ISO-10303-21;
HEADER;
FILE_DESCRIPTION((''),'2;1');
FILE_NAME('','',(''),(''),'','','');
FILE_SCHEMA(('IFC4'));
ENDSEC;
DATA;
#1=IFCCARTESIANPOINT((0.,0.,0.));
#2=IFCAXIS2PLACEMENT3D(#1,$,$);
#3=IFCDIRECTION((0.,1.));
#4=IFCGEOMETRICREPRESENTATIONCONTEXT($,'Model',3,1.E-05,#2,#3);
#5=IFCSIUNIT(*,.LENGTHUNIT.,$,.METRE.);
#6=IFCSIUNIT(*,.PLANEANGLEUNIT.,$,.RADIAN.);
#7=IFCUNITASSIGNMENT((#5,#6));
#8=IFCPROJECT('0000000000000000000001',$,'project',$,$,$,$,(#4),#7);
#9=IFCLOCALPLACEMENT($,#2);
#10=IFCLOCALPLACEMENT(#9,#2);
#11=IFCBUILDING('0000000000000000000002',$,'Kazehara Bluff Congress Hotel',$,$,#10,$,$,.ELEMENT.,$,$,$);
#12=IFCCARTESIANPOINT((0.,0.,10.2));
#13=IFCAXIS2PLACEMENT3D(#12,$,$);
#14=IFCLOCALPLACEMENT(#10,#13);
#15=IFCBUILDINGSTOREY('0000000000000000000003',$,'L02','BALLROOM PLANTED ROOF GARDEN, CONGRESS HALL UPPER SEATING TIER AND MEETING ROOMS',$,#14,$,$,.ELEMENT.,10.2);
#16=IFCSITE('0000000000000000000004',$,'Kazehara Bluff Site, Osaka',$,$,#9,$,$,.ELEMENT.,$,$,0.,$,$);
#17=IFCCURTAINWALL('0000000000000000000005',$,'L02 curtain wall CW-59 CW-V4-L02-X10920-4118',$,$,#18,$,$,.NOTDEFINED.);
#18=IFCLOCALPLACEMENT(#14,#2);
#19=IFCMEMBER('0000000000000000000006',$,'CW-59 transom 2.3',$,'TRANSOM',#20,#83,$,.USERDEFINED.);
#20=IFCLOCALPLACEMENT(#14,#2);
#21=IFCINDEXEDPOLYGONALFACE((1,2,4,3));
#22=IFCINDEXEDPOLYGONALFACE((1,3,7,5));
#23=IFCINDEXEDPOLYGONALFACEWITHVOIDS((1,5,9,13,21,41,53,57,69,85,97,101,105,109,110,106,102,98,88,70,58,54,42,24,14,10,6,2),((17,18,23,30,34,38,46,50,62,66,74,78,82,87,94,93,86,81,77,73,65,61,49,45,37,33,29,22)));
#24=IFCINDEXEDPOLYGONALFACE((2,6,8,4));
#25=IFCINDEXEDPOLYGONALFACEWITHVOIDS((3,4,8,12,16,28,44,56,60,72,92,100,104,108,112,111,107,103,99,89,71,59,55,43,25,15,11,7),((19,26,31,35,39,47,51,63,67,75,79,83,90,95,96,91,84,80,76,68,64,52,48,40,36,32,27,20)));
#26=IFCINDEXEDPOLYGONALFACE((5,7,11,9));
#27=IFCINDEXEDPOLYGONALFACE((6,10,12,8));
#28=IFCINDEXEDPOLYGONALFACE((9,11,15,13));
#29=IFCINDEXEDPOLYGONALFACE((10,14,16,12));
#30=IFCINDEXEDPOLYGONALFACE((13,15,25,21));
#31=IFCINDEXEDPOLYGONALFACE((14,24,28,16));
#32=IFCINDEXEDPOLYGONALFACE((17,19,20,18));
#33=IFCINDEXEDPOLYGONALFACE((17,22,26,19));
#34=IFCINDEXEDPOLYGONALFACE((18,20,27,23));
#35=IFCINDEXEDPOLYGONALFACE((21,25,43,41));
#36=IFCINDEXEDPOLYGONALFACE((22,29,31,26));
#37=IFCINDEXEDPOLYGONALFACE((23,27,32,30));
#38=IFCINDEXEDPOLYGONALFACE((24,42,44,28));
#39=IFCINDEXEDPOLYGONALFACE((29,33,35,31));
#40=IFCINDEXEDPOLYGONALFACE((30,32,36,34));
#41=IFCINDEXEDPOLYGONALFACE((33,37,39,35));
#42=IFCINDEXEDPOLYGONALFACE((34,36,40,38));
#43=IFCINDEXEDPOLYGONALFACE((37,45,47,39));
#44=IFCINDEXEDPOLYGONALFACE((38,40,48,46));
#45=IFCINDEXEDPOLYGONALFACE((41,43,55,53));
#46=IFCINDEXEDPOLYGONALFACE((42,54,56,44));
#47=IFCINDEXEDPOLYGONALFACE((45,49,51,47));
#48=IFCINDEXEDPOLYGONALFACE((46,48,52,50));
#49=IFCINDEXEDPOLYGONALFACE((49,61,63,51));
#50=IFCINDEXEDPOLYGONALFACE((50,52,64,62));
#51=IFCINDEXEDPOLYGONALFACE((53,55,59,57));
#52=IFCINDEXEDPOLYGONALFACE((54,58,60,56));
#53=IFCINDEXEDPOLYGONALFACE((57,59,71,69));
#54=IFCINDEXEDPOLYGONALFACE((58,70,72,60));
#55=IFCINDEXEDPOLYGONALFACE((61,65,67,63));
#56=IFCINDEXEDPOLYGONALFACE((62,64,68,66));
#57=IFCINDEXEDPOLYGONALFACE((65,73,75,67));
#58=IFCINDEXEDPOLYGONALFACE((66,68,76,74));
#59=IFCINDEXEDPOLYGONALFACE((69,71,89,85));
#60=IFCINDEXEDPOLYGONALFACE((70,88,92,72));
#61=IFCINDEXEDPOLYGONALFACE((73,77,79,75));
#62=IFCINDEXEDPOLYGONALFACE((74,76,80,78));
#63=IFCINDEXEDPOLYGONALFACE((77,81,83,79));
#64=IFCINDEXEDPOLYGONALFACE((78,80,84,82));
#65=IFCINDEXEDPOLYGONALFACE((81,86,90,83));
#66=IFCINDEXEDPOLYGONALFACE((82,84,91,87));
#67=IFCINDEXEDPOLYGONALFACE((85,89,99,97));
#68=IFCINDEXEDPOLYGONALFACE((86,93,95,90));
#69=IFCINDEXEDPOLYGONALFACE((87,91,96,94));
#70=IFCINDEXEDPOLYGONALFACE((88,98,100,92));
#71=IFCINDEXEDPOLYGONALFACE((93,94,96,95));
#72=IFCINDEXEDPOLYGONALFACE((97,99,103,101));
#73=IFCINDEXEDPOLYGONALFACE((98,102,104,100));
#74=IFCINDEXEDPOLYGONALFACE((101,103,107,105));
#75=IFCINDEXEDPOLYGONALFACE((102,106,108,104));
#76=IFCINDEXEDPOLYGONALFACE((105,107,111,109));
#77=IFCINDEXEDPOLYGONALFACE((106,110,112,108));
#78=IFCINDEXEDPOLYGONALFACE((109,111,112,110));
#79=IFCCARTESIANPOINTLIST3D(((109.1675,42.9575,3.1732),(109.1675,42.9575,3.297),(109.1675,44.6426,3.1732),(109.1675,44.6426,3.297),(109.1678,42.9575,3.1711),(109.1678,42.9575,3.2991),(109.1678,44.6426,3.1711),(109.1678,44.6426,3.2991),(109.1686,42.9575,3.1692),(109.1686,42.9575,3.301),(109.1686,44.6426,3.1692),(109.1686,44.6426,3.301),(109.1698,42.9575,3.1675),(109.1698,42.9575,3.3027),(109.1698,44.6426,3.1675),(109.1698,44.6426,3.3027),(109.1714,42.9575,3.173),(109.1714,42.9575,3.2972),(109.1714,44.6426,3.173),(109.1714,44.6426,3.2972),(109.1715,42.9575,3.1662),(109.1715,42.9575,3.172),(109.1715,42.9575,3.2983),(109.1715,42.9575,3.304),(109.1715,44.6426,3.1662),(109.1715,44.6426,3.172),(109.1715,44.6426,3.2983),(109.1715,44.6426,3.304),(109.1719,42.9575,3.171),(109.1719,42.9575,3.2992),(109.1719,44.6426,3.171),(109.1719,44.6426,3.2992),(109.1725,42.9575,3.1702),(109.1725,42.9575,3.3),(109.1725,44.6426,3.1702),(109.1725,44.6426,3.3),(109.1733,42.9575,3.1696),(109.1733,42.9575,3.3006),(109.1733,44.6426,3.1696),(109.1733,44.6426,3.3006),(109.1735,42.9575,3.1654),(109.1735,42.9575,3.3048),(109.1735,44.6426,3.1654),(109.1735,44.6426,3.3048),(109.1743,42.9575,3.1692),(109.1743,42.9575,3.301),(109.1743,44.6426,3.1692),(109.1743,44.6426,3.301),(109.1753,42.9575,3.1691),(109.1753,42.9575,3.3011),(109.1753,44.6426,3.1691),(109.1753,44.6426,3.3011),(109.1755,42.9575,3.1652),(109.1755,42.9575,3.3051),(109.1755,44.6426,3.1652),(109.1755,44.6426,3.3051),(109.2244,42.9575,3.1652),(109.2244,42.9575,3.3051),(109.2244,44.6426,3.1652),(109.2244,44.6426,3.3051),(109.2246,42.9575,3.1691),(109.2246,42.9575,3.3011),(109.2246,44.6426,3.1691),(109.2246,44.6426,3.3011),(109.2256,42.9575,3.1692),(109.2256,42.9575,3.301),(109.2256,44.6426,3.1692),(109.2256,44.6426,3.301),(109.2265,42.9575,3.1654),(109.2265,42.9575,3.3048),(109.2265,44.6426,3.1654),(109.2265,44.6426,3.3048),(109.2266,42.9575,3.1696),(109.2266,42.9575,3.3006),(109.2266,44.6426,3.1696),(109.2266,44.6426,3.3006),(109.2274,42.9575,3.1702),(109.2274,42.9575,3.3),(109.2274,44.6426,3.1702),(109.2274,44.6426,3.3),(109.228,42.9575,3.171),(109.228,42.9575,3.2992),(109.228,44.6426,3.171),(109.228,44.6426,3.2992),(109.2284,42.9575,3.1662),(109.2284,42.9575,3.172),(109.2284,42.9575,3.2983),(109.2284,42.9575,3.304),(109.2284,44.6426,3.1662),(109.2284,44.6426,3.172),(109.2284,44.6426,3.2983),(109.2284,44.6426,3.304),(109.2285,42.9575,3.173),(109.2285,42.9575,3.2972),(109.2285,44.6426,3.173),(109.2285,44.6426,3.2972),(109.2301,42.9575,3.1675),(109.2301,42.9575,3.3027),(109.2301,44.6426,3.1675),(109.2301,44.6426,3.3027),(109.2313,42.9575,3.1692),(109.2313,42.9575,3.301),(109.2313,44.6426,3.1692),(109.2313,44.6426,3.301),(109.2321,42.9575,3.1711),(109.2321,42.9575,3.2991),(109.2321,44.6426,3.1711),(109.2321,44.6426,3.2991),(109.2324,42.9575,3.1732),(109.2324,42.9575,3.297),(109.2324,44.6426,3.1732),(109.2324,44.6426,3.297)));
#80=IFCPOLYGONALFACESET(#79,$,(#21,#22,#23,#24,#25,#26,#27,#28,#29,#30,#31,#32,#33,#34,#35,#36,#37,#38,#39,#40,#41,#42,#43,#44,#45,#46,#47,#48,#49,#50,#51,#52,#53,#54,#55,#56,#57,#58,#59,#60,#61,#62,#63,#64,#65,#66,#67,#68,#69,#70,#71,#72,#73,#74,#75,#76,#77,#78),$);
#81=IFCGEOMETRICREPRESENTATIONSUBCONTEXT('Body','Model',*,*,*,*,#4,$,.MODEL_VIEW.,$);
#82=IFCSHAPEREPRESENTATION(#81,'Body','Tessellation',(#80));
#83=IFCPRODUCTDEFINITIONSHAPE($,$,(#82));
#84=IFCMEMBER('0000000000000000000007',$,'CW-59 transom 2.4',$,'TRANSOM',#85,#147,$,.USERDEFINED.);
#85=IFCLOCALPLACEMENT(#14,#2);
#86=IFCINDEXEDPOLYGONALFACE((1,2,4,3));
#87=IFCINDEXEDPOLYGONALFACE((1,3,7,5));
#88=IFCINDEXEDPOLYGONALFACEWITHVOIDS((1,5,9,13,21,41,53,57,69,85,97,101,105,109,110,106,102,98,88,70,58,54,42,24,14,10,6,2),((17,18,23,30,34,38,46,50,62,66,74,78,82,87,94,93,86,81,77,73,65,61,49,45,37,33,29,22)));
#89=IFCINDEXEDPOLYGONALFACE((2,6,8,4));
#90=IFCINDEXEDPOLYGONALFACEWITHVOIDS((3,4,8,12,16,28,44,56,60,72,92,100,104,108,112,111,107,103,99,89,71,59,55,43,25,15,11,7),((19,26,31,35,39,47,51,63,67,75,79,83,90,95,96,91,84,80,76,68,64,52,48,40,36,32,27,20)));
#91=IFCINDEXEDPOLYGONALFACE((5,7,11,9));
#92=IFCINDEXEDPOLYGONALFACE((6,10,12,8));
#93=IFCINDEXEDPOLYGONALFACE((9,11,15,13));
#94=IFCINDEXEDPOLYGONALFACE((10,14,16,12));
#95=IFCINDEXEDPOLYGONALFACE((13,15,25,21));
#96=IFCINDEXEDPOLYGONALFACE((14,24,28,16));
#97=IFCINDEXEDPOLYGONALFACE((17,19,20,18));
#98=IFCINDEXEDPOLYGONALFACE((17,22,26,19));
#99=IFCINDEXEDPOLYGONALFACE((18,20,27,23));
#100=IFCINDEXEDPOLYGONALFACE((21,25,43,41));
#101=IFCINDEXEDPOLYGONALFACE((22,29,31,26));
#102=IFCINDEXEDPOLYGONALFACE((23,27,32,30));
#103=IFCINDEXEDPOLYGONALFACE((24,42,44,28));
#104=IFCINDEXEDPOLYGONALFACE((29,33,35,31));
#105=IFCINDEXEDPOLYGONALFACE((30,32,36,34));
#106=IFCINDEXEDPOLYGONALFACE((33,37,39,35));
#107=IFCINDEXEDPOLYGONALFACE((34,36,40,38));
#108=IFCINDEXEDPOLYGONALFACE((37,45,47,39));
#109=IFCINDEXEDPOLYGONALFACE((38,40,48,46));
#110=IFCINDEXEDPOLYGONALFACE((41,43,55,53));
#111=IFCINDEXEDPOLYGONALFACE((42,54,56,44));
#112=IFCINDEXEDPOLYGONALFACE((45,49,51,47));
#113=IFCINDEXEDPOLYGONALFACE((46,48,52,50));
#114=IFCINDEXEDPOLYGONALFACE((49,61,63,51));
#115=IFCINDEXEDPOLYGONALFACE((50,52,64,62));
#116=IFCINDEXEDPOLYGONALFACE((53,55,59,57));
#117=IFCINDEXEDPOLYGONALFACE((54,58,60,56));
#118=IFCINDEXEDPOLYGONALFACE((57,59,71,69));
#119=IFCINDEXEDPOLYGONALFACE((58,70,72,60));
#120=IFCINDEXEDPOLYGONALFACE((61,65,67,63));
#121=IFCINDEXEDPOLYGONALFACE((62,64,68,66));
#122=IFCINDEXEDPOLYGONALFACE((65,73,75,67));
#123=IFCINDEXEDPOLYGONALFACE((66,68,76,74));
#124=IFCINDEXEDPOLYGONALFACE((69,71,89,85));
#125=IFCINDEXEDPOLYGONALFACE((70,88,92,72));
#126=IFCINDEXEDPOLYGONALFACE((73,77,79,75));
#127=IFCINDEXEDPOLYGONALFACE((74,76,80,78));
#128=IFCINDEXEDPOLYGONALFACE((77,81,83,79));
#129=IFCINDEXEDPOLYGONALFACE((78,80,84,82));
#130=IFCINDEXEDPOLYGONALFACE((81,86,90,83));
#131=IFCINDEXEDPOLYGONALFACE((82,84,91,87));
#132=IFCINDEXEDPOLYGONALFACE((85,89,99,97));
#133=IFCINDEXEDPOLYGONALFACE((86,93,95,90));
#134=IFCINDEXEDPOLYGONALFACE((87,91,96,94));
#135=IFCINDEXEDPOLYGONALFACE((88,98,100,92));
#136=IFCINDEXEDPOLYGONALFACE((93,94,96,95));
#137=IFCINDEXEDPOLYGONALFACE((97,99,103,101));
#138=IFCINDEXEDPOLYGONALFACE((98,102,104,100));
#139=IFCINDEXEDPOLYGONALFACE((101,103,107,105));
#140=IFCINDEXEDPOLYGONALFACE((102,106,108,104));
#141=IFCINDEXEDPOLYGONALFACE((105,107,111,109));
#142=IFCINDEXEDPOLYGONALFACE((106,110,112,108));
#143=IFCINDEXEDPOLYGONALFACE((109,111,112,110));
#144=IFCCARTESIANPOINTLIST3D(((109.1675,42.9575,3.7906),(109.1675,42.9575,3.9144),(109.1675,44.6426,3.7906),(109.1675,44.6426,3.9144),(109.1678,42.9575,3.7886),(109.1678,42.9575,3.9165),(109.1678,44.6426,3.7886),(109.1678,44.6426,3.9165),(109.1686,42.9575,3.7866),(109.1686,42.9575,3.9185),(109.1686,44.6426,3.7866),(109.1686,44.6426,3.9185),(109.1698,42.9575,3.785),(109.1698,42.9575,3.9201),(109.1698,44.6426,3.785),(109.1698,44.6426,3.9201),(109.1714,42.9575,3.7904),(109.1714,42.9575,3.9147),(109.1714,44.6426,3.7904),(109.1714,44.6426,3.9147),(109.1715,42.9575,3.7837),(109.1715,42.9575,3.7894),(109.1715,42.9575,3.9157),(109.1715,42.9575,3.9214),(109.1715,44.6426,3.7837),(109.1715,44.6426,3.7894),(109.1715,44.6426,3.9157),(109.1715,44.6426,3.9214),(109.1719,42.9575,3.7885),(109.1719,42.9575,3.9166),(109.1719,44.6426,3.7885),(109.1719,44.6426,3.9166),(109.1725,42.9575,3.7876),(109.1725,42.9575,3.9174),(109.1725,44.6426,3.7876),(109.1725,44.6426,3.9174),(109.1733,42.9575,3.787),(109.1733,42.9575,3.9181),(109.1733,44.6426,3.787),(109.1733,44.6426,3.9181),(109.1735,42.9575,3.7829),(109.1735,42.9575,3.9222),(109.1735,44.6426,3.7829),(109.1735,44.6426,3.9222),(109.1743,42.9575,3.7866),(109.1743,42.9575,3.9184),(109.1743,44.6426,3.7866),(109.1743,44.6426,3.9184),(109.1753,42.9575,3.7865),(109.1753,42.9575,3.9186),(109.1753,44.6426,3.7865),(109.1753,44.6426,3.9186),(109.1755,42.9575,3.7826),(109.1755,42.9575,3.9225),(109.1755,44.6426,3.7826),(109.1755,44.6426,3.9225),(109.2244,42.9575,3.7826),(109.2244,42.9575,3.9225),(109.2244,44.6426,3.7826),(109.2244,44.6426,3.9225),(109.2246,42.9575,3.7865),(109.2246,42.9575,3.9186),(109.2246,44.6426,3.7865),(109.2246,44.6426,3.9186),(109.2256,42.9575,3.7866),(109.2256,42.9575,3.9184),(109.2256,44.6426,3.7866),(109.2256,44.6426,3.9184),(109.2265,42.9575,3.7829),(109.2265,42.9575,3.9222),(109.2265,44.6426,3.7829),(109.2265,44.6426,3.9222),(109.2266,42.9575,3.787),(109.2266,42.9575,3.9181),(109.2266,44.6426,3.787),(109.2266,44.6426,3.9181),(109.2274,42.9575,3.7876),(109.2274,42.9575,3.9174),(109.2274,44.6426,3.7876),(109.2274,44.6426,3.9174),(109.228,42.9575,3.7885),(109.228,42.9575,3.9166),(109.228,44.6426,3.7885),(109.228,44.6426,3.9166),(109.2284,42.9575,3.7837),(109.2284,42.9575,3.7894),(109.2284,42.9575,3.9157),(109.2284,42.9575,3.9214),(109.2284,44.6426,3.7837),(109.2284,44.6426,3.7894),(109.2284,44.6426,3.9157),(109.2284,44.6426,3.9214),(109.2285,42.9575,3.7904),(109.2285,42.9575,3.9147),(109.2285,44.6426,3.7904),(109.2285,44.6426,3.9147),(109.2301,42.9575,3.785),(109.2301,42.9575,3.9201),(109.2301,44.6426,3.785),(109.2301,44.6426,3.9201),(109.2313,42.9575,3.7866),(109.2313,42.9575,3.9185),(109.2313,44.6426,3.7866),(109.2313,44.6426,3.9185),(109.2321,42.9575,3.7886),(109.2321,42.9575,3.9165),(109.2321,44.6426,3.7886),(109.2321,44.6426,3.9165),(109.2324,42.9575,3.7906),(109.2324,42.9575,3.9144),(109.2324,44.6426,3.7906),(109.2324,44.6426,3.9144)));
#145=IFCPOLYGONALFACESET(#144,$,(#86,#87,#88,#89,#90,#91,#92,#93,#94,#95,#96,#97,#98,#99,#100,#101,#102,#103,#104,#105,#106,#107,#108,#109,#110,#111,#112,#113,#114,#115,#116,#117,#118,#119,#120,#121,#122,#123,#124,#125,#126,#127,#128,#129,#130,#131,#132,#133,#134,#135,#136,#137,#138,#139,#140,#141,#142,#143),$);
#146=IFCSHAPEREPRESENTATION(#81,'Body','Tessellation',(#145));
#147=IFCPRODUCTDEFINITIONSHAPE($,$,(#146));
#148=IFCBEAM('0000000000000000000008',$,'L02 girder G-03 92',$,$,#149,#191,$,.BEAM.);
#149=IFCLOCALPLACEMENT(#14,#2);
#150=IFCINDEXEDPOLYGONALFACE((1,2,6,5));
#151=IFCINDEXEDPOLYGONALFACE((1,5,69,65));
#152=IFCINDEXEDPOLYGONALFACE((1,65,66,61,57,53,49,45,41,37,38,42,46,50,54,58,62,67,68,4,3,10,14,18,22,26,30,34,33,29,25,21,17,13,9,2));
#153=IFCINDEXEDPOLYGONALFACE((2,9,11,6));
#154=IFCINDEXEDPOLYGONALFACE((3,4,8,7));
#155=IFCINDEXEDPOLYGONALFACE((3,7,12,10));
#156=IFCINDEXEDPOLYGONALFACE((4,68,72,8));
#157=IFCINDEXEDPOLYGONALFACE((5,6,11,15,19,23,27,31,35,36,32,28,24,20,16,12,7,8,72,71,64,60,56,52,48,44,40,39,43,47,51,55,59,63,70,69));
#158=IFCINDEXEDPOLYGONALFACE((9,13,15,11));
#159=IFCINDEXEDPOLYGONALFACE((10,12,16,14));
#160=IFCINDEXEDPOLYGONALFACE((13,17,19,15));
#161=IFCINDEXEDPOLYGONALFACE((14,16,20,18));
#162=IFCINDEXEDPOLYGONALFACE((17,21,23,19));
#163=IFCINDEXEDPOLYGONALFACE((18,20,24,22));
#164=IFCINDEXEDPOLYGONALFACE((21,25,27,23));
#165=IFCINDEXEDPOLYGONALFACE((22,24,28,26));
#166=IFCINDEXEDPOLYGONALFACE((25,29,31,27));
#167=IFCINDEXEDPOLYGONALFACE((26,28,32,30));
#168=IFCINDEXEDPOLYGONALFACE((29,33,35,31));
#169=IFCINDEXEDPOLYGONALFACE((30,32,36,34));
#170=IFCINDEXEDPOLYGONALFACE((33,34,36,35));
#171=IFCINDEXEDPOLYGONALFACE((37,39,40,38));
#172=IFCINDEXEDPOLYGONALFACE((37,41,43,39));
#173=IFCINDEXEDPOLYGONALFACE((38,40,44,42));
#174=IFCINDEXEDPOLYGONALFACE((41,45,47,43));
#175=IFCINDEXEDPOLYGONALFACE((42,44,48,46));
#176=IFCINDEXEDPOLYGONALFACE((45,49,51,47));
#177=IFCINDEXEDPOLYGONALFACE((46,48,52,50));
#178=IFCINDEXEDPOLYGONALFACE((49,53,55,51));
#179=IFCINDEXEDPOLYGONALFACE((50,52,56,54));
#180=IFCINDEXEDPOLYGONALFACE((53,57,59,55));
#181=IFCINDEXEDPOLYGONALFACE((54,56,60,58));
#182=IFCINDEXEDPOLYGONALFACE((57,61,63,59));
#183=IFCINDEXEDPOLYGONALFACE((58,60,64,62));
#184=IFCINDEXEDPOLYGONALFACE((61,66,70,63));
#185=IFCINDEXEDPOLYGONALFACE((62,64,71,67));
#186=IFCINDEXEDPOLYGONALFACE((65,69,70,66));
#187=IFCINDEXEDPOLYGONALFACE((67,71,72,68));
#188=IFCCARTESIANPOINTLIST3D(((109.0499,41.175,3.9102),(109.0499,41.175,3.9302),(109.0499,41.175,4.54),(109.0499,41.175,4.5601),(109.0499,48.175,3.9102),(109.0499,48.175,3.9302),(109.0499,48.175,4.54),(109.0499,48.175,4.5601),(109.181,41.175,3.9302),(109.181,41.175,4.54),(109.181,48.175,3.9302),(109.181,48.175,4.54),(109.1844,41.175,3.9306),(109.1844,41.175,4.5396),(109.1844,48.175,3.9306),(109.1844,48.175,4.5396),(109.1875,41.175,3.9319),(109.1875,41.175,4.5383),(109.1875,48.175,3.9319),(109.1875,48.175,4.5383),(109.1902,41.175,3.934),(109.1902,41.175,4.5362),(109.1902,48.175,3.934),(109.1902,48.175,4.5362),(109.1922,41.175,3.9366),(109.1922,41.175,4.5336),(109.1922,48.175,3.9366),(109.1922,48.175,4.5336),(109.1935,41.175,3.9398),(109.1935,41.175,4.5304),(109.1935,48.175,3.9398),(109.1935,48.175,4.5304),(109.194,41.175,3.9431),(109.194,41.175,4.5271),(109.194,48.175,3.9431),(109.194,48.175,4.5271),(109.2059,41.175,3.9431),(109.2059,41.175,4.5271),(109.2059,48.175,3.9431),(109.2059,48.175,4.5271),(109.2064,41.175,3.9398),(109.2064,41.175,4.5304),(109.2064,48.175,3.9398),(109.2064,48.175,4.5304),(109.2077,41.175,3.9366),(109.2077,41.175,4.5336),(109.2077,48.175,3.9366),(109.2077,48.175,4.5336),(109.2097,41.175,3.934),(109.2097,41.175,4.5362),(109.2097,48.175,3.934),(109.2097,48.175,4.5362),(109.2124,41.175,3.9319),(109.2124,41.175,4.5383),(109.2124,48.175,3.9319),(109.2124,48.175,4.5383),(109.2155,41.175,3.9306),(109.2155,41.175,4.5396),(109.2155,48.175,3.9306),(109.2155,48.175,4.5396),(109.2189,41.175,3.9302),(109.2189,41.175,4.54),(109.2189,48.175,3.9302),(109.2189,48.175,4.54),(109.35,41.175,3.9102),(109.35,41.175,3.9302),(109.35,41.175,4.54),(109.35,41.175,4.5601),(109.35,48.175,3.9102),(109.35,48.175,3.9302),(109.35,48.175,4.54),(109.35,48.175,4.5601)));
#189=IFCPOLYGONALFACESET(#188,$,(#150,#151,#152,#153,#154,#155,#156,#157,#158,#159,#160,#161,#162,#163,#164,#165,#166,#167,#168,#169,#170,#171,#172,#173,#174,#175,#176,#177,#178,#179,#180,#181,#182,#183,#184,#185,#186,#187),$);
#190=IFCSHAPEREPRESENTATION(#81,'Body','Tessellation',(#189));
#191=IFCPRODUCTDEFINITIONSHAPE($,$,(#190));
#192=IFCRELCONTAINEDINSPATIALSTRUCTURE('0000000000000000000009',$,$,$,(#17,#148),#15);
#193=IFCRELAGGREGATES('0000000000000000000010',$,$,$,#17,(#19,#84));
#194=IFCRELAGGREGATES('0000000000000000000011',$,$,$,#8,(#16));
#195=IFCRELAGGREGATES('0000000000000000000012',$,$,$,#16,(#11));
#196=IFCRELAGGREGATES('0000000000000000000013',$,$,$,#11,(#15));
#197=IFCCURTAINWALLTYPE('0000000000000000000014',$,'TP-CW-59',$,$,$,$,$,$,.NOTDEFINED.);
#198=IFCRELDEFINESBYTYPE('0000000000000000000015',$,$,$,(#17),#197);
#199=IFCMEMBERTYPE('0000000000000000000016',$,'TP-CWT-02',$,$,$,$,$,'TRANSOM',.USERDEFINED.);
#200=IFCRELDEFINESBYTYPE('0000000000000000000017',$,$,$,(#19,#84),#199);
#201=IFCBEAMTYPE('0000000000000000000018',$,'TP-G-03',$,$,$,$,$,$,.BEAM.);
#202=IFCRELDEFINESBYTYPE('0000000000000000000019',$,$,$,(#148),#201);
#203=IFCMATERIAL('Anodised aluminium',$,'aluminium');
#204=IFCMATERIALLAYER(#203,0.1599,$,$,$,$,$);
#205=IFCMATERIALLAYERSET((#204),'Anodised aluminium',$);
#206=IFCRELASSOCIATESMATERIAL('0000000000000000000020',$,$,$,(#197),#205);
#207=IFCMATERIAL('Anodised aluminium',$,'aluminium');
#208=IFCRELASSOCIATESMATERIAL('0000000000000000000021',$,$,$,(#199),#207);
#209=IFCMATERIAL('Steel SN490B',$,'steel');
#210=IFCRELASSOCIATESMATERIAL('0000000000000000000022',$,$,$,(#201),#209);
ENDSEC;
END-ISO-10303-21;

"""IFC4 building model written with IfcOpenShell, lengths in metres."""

from ifc_helpers import new_model, si_unit, direction, frame, origin, origin_2d, place, context, subcontext, project, spatial, hollow_rectangle, i_section, extrude, material, layer, layer_set, material_profile, profile_set, type_object, element, aggregate, save


model = new_model("IFC4")

# Units and contexts
model_context = context("Model", 3, precision=1e-05, world=origin(), true_north=direction((0.0, 1.0)))
body_context = subcontext(model_context, "Body", "Model", "MODEL_VIEW")
ifc_project = project(units=[si_unit("LENGTHUNIT", "METRE"), si_unit("PLANEANGLEUNIT", "RADIAN")], contexts=[model_context])

# Site, building, storey
site_placement = place(None, origin())
site = spatial("IfcSite", under=ifc_project, at=site_placement, Name="Kazehara Bluff Site, Osaka", CompositionType="ELEMENT", RefElevation=0.0)
building_placement = place(site_placement, origin())
building = spatial("IfcBuilding", under=site, at=building_placement, Name="Kazehara Bluff Congress Hotel", CompositionType="ELEMENT")
storey_placement = place(building_placement, frame((0.0, 0.0, 10.2)))
storey = spatial("IfcBuildingStorey", under=building, at=storey_placement, Name="L02", Description="BALLROOM PLANTED ROOF GARDEN, CONGRESS HALL UPPER SEATING TIER AND MEETING ROOMS", CompositionType="ELEMENT", Elevation=10.2)

# Curtain wall
ifc_material_1 = material(Name="Anodised aluminium", Category="aluminium")
ifc_layer_1 = layer(ifc_material_1, 0.1599)
ifc_layer_set_1 = layer_set([ifc_layer_1], Name="Anodised aluminium")
curtain_wall_type_1 = type_object("IfcCurtainWallType", Name="TP-CW-59", PredefinedType="NOTDEFINED", material=ifc_layer_set_1)
curtain_wall_1_placement = place(storey_placement, origin())
curtain_wall_1 = element("IfcCurtainWall", 1, at=curtain_wall_1_placement, inside=storey, type_object=curtain_wall_type_1, Name="L02 curtain wall CW-59 CW-V4-L02-X10920-4118", PredefinedType="NOTDEFINED")

# Members
ifc_material_2 = material(Name="Anodised aluminium", Category="aluminium")
ifc_material_profile_1 = material_profile(ifc_material_2, hollow_rectangle(XDim=0.0649, YDim=0.1399, WallThickness=0.0039, InnerFilletRadius=0.0039, OuterFilletRadius=0.0081, at=origin_2d()))
ifc_profile_set_1 = profile_set([ifc_material_profile_1], Name="Anodised aluminium")
member_type_1 = type_object("IfcMemberType", Name="TP-CWT-02", ElementType="TRANSOM", PredefinedType="USERDEFINED", material=ifc_profile_set_1)
member_1_placement = place(storey_placement, frame((109.2, 42.9575, 3.2351), z_axis=(0.0, 1.0, 0.0), x_axis=(-1.0, 0.0, 0.0)))
member_1 = element("IfcMember", 2, at=member_1_placement, type_object=member_type_1, Name="CW-59 transom 2.3", ObjectType="TRANSOM", PredefinedType="USERDEFINED", context=body_context, shape_type="SweptSolid", body=[
    extrude(hollow_rectangle(XDim=0.0649, YDim=0.1399, WallThickness=0.0039, InnerFilletRadius=0.0039, OuterFilletRadius=0.0081, at=origin_2d()), origin(), (0.0, 0.0, 1.0), 1.6851),
])
member_2_placement = place(storey_placement, frame((109.2, 42.9575, 3.8525), z_axis=(0.0, 1.0, 0.0), x_axis=(-1.0, 0.0, 0.0)))
member_2 = element("IfcMember", 3, at=member_2_placement, type_object=member_type_1, Name="CW-59 transom 2.4", ObjectType="TRANSOM", PredefinedType="USERDEFINED", context=body_context, shape_type="SweptSolid", body=[
    extrude(hollow_rectangle(XDim=0.0649, YDim=0.1399, WallThickness=0.0039, InnerFilletRadius=0.0039, OuterFilletRadius=0.0081, at=origin_2d()), origin(), (0.0, 0.0, 1.0), 1.6851),
])

# Beam
ifc_material_3 = material(Name="Steel SN490B", Category="steel")
ifc_material_profile_2 = material_profile(ifc_material_3, i_section(OverallWidth=0.3, OverallDepth=0.6499, WebThickness=0.012, FlangeThickness=0.02, FilletRadius=0.0129, at=origin_2d()))
ifc_profile_set_2 = profile_set([ifc_material_profile_2], Name="Steel SN490B")
beam_type = type_object("IfcBeamType", Name="TP-G-03", PredefinedType="BEAM", material=ifc_profile_set_2)
beam_placement = place(storey_placement, frame((109.2, 41.175, 4.2351), z_axis=(0.0, 1.0, 0.0), x_axis=(-1.0, 0.0, 0.0)))
element("IfcBeam", 4, at=beam_placement, inside=storey, type_object=beam_type, Name="L02 girder G-03 92", PredefinedType="BEAM", context=body_context, shape_type="SweptSolid", body=[
    extrude(i_section(OverallWidth=0.3, OverallDepth=0.6499, WebThickness=0.012, FlangeThickness=0.02, FilletRadius=0.0129, at=origin_2d()), origin(), (0.0, 0.0, 1.0), 7.0),
])

aggregate(curtain_wall_1, [member_1, member_2])

save(model, "model.ifc")
